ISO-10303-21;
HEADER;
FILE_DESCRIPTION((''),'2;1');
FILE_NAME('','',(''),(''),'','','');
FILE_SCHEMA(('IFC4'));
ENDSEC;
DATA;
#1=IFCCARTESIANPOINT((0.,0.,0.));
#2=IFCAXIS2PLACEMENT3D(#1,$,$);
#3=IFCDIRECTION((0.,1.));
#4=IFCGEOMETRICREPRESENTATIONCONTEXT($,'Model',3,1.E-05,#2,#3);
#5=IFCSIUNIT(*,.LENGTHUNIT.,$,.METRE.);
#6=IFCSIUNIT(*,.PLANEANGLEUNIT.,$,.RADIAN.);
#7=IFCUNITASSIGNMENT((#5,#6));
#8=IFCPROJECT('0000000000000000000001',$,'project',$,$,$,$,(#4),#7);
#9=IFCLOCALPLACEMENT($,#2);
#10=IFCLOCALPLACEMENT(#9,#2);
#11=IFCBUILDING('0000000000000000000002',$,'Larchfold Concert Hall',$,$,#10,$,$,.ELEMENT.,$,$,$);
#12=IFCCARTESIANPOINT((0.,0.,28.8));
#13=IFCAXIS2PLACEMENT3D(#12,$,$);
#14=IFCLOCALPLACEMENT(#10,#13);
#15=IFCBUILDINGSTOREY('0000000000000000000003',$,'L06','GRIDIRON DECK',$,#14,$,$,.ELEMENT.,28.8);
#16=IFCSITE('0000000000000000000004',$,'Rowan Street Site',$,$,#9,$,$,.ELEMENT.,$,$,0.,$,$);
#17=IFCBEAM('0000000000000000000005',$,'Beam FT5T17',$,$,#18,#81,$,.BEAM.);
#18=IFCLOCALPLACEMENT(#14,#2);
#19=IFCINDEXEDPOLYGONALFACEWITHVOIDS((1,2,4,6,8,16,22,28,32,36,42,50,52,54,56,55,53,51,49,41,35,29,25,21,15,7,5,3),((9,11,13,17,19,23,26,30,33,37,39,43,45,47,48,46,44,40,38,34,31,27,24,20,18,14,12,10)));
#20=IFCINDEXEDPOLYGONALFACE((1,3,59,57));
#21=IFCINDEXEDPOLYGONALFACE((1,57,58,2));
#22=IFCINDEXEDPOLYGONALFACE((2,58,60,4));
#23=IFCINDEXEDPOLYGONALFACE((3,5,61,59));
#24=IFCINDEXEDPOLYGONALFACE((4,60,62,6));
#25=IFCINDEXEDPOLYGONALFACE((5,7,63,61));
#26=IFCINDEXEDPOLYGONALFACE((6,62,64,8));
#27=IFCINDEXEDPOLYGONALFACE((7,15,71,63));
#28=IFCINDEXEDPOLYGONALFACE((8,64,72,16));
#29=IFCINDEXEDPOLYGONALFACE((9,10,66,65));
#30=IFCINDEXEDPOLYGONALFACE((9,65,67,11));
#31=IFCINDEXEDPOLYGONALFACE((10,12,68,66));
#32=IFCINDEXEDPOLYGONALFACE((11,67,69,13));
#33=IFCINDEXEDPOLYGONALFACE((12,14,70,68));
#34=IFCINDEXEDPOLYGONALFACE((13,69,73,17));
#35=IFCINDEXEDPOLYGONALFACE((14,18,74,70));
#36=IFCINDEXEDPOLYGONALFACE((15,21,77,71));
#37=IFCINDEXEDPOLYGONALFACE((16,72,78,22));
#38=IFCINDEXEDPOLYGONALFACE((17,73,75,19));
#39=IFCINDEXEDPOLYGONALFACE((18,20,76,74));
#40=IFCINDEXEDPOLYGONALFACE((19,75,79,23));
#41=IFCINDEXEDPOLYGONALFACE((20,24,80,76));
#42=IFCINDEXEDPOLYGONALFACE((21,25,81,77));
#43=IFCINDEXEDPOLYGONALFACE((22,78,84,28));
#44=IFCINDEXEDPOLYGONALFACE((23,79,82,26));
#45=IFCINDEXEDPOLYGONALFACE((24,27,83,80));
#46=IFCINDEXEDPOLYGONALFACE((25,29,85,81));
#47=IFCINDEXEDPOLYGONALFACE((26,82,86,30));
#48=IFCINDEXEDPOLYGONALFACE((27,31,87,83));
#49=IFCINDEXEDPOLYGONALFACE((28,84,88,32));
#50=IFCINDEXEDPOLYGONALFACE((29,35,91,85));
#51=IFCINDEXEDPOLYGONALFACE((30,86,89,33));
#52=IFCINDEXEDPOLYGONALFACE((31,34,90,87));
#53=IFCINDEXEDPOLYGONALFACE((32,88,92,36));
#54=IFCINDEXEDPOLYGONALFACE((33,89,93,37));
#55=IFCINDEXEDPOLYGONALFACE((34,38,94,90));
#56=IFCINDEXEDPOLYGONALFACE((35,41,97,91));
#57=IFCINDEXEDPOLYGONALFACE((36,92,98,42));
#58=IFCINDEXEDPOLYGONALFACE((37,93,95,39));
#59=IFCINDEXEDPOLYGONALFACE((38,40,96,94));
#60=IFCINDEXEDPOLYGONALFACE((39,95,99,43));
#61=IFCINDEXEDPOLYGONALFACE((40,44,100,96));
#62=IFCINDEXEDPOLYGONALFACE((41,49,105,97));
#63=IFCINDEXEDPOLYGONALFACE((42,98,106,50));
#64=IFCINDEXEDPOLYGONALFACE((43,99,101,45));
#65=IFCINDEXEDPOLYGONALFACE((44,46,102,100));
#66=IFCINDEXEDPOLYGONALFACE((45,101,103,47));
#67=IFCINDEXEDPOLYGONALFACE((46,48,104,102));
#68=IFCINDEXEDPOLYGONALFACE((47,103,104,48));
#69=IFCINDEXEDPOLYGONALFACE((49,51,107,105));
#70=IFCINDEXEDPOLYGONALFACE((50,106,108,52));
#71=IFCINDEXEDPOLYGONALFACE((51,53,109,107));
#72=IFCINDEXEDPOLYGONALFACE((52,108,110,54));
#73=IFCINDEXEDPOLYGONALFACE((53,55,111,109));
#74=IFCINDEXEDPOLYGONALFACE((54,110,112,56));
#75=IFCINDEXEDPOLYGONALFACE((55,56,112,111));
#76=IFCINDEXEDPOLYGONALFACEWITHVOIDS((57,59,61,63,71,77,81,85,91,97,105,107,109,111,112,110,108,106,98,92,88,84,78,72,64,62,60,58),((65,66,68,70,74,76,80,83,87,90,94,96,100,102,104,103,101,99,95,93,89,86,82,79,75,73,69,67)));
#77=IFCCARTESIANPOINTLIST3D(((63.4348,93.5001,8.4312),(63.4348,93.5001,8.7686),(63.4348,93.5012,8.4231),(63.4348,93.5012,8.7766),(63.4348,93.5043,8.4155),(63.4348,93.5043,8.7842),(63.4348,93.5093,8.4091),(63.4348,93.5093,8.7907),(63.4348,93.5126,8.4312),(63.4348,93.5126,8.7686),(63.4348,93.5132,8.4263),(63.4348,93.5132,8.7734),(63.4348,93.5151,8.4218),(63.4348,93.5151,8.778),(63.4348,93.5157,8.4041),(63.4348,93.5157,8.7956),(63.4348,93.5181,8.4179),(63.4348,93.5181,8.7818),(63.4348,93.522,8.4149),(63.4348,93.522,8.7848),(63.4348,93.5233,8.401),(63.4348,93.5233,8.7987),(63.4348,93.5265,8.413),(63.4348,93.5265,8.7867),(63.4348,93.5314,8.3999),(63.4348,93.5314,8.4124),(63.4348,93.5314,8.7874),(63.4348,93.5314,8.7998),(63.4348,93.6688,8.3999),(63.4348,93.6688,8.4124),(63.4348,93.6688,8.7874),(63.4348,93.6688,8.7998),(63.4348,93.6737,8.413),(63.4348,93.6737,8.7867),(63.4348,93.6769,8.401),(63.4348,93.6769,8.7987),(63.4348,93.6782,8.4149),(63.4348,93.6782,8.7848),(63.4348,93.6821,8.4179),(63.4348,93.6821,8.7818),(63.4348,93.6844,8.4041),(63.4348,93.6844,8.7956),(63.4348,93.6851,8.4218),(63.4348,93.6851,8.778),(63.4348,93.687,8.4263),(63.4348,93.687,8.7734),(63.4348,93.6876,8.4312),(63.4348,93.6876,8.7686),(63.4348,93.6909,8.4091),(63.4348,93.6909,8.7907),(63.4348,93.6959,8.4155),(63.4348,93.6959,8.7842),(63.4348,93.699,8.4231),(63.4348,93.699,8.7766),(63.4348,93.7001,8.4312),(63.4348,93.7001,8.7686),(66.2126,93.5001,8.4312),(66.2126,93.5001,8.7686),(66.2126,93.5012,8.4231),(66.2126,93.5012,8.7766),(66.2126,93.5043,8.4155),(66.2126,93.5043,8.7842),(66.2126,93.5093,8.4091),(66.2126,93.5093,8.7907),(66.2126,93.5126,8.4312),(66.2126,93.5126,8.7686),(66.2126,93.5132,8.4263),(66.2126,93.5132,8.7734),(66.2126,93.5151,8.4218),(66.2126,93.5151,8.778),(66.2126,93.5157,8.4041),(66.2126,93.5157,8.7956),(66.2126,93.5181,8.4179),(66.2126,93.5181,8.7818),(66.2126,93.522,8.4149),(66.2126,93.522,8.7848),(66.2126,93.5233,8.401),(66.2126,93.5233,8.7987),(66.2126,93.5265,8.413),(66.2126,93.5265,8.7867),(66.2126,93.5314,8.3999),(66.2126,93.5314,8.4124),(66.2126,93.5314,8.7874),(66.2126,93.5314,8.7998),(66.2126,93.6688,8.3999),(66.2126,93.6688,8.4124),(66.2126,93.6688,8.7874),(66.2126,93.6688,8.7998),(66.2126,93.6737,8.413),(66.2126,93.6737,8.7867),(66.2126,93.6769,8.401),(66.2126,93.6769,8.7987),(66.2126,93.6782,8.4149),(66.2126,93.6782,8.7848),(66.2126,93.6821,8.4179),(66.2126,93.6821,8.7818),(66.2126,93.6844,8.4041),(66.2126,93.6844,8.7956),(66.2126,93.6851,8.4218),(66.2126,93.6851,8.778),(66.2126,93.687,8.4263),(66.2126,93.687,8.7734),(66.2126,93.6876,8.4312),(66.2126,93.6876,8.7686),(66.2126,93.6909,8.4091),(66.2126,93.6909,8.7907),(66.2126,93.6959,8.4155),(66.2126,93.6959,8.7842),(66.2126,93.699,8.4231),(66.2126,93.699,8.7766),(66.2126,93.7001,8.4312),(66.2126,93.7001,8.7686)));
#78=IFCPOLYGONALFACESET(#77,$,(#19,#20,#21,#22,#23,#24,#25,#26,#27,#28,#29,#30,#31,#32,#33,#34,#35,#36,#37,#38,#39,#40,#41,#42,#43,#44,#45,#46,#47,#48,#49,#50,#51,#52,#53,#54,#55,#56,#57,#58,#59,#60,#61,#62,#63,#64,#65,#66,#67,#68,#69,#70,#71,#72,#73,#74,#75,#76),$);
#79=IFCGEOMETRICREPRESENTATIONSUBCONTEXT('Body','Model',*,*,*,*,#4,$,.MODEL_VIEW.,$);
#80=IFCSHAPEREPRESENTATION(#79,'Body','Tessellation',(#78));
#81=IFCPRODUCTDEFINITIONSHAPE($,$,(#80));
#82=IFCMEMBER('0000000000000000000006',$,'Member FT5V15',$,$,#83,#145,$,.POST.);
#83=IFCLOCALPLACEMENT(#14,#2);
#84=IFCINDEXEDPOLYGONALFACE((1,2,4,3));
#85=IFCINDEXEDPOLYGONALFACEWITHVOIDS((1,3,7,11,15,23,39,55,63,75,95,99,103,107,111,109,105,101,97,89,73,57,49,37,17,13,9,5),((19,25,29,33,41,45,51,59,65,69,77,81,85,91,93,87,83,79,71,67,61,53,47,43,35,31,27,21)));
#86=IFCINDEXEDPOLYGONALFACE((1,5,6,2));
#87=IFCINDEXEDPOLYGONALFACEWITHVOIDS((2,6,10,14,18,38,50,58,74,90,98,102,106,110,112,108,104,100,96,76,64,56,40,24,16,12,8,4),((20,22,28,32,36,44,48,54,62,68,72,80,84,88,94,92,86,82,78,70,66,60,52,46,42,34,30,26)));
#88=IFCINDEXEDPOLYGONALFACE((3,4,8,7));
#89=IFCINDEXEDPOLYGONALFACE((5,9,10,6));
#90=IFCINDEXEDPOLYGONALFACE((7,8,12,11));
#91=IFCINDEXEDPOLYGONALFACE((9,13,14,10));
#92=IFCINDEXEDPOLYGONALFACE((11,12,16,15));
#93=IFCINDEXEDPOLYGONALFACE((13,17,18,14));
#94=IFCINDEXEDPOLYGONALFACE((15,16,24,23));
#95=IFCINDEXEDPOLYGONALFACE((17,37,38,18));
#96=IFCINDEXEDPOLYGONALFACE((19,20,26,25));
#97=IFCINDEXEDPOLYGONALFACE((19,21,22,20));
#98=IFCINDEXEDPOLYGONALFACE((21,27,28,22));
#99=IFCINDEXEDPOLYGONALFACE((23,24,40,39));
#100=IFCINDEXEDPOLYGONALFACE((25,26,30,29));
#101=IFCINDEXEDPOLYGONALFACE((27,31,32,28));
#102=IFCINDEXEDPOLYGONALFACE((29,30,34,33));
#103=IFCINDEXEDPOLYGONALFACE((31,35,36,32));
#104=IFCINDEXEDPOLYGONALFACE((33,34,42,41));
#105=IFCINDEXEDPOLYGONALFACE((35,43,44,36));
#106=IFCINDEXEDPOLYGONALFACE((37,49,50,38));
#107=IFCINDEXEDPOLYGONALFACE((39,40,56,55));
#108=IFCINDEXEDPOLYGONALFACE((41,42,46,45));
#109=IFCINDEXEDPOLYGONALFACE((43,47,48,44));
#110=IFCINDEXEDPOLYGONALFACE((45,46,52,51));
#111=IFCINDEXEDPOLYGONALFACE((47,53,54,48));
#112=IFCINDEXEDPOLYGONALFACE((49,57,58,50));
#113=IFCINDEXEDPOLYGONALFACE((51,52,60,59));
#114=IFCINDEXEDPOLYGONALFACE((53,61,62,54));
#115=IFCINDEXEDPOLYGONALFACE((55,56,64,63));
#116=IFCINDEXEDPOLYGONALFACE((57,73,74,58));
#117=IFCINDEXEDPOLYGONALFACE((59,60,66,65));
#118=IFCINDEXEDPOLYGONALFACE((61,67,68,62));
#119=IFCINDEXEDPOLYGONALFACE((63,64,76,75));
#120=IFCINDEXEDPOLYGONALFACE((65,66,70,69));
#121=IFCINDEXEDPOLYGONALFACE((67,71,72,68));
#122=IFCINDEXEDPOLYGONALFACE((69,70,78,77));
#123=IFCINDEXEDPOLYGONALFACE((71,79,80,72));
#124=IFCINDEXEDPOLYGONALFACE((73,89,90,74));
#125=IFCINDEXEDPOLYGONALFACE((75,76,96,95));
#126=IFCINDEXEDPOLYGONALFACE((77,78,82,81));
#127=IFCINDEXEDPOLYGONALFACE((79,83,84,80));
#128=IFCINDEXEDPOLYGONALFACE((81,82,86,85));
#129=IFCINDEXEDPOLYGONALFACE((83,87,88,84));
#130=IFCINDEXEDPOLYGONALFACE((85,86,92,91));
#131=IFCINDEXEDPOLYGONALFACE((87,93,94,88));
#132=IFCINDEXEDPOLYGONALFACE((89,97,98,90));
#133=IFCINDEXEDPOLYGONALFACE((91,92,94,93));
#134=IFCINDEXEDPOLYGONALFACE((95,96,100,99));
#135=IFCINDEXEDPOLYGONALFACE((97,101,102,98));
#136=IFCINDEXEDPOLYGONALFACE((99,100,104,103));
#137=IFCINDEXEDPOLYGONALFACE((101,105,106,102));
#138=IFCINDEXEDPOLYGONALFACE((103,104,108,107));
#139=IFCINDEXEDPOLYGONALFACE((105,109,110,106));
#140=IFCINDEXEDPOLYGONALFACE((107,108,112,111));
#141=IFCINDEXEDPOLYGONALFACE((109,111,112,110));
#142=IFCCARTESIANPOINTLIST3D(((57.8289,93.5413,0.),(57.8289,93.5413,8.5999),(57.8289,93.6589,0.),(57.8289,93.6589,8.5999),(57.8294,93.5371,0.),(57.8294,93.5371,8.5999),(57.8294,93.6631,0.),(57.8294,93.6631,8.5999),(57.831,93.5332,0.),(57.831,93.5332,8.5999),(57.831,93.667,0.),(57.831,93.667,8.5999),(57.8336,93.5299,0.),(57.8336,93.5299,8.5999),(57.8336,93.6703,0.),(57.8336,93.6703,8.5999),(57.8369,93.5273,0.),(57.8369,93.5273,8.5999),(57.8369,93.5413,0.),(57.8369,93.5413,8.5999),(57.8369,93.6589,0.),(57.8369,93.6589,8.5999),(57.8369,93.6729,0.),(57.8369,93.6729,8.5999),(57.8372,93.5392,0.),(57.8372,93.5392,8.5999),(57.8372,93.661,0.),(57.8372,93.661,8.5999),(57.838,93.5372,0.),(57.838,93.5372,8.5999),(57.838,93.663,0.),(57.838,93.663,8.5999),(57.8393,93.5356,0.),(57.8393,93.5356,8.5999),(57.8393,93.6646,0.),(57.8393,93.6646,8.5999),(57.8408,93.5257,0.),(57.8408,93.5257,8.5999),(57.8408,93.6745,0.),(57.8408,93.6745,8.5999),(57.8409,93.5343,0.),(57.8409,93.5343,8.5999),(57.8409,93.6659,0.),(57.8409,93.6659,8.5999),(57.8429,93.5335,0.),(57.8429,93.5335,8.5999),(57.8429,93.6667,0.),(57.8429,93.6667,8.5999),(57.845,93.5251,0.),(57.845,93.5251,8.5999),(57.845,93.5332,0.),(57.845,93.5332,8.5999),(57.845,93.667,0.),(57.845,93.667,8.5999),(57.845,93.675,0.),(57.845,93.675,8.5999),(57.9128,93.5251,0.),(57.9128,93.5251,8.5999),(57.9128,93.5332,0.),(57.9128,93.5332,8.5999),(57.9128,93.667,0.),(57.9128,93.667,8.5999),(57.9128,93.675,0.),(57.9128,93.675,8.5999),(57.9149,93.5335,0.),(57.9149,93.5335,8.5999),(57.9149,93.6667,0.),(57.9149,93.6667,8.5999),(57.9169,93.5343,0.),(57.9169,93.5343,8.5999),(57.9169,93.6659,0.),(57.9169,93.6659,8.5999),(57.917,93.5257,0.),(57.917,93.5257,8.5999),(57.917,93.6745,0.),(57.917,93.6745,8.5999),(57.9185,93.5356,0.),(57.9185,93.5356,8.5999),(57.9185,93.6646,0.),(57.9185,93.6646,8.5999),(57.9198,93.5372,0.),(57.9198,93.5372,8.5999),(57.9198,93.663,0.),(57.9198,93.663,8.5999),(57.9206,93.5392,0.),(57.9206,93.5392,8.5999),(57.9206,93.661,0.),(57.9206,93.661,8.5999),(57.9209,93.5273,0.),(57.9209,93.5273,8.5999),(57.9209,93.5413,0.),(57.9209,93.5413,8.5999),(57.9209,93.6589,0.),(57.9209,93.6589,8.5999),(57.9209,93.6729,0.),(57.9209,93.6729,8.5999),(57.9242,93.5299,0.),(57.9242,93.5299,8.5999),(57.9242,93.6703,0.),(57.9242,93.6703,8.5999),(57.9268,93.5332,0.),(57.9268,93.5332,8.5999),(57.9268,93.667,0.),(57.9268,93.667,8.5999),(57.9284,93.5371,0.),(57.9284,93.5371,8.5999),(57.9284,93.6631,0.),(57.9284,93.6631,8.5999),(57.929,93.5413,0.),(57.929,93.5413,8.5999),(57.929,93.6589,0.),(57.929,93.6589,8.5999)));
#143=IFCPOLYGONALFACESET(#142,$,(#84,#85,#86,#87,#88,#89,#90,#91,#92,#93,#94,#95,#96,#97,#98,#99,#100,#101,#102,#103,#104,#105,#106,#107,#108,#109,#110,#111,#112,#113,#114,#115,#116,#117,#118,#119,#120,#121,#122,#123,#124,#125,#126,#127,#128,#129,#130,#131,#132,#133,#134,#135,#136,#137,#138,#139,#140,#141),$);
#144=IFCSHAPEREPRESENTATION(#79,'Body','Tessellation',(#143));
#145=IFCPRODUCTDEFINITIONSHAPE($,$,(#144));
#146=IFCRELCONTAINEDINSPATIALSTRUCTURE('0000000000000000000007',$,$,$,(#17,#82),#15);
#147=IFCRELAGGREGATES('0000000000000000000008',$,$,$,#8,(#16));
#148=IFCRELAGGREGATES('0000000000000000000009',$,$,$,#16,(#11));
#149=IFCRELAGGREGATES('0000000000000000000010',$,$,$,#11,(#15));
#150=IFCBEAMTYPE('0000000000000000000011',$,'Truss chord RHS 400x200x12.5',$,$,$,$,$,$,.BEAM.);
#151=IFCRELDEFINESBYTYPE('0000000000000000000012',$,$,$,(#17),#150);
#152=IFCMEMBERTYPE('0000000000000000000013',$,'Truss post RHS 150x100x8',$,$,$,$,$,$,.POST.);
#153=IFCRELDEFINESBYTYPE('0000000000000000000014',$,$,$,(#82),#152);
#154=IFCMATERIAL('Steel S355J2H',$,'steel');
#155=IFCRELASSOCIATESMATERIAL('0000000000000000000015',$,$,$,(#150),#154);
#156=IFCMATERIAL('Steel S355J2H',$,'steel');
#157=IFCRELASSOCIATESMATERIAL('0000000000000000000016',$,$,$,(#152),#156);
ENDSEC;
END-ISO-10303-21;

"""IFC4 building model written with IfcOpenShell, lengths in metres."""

from ifc_helpers import new_model, si_unit, direction, frame, origin, origin_2d, place, context, subcontext, project, spatial, hollow_rectangle, extrude, material, material_profile, profile_set, type_object, element, save


model = new_model("IFC4")

# Units and contexts
model_context = context("Model", 3, precision=1e-05, world=origin(), true_north=direction((0.0, 1.0)))
body_context = subcontext(model_context, "Body", "Model", "MODEL_VIEW")
ifc_project = project(units=[si_unit("LENGTHUNIT", "METRE"), si_unit("PLANEANGLEUNIT", "RADIAN")], contexts=[model_context])

# Site, building, storey
site_placement = place(None, origin())
site = spatial("IfcSite", under=ifc_project, at=site_placement, Name="Rowan Street Site", CompositionType="ELEMENT", RefElevation=0.0)
building_placement = place(site_placement, origin())
building = spatial("IfcBuilding", under=site, at=building_placement, Name="Larchfold Concert Hall", CompositionType="ELEMENT")
storey_placement = place(building_placement, frame((0.0, 0.0, 28.8)))
storey = spatial("IfcBuildingStorey", under=building, at=storey_placement, Name="L06", Description="GRIDIRON DECK", CompositionType="ELEMENT", Elevation=28.8)

# Beam
ifc_material_1 = material(Name="Steel S355J2H", Category="steel")
ifc_material_profile_1 = material_profile(ifc_material_1, hollow_rectangle(XDim=0.2, YDim=0.3999, WallThickness=0.0125, InnerFilletRadius=0.0188, OuterFilletRadius=0.0312, at=origin_2d()))
ifc_profile_set_1 = profile_set([ifc_material_profile_1], Name="Steel S355J2H")
beam_type_1 = type_object("IfcBeamType", Name="Truss chord RHS 400x200x12.5", PredefinedType="BEAM", material=ifc_profile_set_1)
beam_1_placement = place(storey_placement, frame((63.4348, 93.6001, 8.5999), z_axis=(1.0, 0.0, 0.0), x_axis=(0.0, 1.0, 0.0)))
element("IfcBeam", 1, at=beam_1_placement, inside=storey, type_object=beam_type_1, Name="Beam FT5T17", PredefinedType="BEAM", context=body_context, shape_type="SweptSolid", body=[
    extrude(hollow_rectangle(XDim=0.2, YDim=0.3999, WallThickness=0.0125, InnerFilletRadius=0.0188, OuterFilletRadius=0.0312, at=origin_2d()), origin(), (0.0, 0.0, 1.0), 2.7778),
])

# Member
ifc_material_2 = material(Name="Steel S355J2H", Category="steel")
ifc_material_profile_2 = material_profile(ifc_material_2, hollow_rectangle(XDim=0.1001, YDim=0.1499, WallThickness=0.0081, InnerFilletRadius=0.0081, OuterFilletRadius=0.0161, at=origin_2d()))
ifc_profile_set_2 = profile_set([ifc_material_profile_2], Name="Steel S355J2H")
member_type_1 = type_object("IfcMemberType", Name="Truss post RHS 150x100x8", PredefinedType="POST", material=ifc_profile_set_2)
for number, where, z_axis, x_axis, name in (
    (2, (57.8789, 93.6001, 8.5999), (0.0, 0.0, -1.0), (1.0, 0.0, 0.0), "Member FT5V15"),
):
    element("IfcMember", number, at=place(storey_placement, frame(where, z_axis=z_axis, x_axis=x_axis)), inside=storey, type_object=member_type_1, Name=name, PredefinedType="POST", context=body_context, shape_type="SweptSolid", body=[
        extrude(hollow_rectangle(XDim=0.1001, YDim=0.1499, WallThickness=0.0081, InnerFilletRadius=0.0081, OuterFilletRadius=0.0161, at=origin_2d()), origin(), (0.0, 0.0, 1.0), 8.5999),
    ])

save(model, "model.ifc")
